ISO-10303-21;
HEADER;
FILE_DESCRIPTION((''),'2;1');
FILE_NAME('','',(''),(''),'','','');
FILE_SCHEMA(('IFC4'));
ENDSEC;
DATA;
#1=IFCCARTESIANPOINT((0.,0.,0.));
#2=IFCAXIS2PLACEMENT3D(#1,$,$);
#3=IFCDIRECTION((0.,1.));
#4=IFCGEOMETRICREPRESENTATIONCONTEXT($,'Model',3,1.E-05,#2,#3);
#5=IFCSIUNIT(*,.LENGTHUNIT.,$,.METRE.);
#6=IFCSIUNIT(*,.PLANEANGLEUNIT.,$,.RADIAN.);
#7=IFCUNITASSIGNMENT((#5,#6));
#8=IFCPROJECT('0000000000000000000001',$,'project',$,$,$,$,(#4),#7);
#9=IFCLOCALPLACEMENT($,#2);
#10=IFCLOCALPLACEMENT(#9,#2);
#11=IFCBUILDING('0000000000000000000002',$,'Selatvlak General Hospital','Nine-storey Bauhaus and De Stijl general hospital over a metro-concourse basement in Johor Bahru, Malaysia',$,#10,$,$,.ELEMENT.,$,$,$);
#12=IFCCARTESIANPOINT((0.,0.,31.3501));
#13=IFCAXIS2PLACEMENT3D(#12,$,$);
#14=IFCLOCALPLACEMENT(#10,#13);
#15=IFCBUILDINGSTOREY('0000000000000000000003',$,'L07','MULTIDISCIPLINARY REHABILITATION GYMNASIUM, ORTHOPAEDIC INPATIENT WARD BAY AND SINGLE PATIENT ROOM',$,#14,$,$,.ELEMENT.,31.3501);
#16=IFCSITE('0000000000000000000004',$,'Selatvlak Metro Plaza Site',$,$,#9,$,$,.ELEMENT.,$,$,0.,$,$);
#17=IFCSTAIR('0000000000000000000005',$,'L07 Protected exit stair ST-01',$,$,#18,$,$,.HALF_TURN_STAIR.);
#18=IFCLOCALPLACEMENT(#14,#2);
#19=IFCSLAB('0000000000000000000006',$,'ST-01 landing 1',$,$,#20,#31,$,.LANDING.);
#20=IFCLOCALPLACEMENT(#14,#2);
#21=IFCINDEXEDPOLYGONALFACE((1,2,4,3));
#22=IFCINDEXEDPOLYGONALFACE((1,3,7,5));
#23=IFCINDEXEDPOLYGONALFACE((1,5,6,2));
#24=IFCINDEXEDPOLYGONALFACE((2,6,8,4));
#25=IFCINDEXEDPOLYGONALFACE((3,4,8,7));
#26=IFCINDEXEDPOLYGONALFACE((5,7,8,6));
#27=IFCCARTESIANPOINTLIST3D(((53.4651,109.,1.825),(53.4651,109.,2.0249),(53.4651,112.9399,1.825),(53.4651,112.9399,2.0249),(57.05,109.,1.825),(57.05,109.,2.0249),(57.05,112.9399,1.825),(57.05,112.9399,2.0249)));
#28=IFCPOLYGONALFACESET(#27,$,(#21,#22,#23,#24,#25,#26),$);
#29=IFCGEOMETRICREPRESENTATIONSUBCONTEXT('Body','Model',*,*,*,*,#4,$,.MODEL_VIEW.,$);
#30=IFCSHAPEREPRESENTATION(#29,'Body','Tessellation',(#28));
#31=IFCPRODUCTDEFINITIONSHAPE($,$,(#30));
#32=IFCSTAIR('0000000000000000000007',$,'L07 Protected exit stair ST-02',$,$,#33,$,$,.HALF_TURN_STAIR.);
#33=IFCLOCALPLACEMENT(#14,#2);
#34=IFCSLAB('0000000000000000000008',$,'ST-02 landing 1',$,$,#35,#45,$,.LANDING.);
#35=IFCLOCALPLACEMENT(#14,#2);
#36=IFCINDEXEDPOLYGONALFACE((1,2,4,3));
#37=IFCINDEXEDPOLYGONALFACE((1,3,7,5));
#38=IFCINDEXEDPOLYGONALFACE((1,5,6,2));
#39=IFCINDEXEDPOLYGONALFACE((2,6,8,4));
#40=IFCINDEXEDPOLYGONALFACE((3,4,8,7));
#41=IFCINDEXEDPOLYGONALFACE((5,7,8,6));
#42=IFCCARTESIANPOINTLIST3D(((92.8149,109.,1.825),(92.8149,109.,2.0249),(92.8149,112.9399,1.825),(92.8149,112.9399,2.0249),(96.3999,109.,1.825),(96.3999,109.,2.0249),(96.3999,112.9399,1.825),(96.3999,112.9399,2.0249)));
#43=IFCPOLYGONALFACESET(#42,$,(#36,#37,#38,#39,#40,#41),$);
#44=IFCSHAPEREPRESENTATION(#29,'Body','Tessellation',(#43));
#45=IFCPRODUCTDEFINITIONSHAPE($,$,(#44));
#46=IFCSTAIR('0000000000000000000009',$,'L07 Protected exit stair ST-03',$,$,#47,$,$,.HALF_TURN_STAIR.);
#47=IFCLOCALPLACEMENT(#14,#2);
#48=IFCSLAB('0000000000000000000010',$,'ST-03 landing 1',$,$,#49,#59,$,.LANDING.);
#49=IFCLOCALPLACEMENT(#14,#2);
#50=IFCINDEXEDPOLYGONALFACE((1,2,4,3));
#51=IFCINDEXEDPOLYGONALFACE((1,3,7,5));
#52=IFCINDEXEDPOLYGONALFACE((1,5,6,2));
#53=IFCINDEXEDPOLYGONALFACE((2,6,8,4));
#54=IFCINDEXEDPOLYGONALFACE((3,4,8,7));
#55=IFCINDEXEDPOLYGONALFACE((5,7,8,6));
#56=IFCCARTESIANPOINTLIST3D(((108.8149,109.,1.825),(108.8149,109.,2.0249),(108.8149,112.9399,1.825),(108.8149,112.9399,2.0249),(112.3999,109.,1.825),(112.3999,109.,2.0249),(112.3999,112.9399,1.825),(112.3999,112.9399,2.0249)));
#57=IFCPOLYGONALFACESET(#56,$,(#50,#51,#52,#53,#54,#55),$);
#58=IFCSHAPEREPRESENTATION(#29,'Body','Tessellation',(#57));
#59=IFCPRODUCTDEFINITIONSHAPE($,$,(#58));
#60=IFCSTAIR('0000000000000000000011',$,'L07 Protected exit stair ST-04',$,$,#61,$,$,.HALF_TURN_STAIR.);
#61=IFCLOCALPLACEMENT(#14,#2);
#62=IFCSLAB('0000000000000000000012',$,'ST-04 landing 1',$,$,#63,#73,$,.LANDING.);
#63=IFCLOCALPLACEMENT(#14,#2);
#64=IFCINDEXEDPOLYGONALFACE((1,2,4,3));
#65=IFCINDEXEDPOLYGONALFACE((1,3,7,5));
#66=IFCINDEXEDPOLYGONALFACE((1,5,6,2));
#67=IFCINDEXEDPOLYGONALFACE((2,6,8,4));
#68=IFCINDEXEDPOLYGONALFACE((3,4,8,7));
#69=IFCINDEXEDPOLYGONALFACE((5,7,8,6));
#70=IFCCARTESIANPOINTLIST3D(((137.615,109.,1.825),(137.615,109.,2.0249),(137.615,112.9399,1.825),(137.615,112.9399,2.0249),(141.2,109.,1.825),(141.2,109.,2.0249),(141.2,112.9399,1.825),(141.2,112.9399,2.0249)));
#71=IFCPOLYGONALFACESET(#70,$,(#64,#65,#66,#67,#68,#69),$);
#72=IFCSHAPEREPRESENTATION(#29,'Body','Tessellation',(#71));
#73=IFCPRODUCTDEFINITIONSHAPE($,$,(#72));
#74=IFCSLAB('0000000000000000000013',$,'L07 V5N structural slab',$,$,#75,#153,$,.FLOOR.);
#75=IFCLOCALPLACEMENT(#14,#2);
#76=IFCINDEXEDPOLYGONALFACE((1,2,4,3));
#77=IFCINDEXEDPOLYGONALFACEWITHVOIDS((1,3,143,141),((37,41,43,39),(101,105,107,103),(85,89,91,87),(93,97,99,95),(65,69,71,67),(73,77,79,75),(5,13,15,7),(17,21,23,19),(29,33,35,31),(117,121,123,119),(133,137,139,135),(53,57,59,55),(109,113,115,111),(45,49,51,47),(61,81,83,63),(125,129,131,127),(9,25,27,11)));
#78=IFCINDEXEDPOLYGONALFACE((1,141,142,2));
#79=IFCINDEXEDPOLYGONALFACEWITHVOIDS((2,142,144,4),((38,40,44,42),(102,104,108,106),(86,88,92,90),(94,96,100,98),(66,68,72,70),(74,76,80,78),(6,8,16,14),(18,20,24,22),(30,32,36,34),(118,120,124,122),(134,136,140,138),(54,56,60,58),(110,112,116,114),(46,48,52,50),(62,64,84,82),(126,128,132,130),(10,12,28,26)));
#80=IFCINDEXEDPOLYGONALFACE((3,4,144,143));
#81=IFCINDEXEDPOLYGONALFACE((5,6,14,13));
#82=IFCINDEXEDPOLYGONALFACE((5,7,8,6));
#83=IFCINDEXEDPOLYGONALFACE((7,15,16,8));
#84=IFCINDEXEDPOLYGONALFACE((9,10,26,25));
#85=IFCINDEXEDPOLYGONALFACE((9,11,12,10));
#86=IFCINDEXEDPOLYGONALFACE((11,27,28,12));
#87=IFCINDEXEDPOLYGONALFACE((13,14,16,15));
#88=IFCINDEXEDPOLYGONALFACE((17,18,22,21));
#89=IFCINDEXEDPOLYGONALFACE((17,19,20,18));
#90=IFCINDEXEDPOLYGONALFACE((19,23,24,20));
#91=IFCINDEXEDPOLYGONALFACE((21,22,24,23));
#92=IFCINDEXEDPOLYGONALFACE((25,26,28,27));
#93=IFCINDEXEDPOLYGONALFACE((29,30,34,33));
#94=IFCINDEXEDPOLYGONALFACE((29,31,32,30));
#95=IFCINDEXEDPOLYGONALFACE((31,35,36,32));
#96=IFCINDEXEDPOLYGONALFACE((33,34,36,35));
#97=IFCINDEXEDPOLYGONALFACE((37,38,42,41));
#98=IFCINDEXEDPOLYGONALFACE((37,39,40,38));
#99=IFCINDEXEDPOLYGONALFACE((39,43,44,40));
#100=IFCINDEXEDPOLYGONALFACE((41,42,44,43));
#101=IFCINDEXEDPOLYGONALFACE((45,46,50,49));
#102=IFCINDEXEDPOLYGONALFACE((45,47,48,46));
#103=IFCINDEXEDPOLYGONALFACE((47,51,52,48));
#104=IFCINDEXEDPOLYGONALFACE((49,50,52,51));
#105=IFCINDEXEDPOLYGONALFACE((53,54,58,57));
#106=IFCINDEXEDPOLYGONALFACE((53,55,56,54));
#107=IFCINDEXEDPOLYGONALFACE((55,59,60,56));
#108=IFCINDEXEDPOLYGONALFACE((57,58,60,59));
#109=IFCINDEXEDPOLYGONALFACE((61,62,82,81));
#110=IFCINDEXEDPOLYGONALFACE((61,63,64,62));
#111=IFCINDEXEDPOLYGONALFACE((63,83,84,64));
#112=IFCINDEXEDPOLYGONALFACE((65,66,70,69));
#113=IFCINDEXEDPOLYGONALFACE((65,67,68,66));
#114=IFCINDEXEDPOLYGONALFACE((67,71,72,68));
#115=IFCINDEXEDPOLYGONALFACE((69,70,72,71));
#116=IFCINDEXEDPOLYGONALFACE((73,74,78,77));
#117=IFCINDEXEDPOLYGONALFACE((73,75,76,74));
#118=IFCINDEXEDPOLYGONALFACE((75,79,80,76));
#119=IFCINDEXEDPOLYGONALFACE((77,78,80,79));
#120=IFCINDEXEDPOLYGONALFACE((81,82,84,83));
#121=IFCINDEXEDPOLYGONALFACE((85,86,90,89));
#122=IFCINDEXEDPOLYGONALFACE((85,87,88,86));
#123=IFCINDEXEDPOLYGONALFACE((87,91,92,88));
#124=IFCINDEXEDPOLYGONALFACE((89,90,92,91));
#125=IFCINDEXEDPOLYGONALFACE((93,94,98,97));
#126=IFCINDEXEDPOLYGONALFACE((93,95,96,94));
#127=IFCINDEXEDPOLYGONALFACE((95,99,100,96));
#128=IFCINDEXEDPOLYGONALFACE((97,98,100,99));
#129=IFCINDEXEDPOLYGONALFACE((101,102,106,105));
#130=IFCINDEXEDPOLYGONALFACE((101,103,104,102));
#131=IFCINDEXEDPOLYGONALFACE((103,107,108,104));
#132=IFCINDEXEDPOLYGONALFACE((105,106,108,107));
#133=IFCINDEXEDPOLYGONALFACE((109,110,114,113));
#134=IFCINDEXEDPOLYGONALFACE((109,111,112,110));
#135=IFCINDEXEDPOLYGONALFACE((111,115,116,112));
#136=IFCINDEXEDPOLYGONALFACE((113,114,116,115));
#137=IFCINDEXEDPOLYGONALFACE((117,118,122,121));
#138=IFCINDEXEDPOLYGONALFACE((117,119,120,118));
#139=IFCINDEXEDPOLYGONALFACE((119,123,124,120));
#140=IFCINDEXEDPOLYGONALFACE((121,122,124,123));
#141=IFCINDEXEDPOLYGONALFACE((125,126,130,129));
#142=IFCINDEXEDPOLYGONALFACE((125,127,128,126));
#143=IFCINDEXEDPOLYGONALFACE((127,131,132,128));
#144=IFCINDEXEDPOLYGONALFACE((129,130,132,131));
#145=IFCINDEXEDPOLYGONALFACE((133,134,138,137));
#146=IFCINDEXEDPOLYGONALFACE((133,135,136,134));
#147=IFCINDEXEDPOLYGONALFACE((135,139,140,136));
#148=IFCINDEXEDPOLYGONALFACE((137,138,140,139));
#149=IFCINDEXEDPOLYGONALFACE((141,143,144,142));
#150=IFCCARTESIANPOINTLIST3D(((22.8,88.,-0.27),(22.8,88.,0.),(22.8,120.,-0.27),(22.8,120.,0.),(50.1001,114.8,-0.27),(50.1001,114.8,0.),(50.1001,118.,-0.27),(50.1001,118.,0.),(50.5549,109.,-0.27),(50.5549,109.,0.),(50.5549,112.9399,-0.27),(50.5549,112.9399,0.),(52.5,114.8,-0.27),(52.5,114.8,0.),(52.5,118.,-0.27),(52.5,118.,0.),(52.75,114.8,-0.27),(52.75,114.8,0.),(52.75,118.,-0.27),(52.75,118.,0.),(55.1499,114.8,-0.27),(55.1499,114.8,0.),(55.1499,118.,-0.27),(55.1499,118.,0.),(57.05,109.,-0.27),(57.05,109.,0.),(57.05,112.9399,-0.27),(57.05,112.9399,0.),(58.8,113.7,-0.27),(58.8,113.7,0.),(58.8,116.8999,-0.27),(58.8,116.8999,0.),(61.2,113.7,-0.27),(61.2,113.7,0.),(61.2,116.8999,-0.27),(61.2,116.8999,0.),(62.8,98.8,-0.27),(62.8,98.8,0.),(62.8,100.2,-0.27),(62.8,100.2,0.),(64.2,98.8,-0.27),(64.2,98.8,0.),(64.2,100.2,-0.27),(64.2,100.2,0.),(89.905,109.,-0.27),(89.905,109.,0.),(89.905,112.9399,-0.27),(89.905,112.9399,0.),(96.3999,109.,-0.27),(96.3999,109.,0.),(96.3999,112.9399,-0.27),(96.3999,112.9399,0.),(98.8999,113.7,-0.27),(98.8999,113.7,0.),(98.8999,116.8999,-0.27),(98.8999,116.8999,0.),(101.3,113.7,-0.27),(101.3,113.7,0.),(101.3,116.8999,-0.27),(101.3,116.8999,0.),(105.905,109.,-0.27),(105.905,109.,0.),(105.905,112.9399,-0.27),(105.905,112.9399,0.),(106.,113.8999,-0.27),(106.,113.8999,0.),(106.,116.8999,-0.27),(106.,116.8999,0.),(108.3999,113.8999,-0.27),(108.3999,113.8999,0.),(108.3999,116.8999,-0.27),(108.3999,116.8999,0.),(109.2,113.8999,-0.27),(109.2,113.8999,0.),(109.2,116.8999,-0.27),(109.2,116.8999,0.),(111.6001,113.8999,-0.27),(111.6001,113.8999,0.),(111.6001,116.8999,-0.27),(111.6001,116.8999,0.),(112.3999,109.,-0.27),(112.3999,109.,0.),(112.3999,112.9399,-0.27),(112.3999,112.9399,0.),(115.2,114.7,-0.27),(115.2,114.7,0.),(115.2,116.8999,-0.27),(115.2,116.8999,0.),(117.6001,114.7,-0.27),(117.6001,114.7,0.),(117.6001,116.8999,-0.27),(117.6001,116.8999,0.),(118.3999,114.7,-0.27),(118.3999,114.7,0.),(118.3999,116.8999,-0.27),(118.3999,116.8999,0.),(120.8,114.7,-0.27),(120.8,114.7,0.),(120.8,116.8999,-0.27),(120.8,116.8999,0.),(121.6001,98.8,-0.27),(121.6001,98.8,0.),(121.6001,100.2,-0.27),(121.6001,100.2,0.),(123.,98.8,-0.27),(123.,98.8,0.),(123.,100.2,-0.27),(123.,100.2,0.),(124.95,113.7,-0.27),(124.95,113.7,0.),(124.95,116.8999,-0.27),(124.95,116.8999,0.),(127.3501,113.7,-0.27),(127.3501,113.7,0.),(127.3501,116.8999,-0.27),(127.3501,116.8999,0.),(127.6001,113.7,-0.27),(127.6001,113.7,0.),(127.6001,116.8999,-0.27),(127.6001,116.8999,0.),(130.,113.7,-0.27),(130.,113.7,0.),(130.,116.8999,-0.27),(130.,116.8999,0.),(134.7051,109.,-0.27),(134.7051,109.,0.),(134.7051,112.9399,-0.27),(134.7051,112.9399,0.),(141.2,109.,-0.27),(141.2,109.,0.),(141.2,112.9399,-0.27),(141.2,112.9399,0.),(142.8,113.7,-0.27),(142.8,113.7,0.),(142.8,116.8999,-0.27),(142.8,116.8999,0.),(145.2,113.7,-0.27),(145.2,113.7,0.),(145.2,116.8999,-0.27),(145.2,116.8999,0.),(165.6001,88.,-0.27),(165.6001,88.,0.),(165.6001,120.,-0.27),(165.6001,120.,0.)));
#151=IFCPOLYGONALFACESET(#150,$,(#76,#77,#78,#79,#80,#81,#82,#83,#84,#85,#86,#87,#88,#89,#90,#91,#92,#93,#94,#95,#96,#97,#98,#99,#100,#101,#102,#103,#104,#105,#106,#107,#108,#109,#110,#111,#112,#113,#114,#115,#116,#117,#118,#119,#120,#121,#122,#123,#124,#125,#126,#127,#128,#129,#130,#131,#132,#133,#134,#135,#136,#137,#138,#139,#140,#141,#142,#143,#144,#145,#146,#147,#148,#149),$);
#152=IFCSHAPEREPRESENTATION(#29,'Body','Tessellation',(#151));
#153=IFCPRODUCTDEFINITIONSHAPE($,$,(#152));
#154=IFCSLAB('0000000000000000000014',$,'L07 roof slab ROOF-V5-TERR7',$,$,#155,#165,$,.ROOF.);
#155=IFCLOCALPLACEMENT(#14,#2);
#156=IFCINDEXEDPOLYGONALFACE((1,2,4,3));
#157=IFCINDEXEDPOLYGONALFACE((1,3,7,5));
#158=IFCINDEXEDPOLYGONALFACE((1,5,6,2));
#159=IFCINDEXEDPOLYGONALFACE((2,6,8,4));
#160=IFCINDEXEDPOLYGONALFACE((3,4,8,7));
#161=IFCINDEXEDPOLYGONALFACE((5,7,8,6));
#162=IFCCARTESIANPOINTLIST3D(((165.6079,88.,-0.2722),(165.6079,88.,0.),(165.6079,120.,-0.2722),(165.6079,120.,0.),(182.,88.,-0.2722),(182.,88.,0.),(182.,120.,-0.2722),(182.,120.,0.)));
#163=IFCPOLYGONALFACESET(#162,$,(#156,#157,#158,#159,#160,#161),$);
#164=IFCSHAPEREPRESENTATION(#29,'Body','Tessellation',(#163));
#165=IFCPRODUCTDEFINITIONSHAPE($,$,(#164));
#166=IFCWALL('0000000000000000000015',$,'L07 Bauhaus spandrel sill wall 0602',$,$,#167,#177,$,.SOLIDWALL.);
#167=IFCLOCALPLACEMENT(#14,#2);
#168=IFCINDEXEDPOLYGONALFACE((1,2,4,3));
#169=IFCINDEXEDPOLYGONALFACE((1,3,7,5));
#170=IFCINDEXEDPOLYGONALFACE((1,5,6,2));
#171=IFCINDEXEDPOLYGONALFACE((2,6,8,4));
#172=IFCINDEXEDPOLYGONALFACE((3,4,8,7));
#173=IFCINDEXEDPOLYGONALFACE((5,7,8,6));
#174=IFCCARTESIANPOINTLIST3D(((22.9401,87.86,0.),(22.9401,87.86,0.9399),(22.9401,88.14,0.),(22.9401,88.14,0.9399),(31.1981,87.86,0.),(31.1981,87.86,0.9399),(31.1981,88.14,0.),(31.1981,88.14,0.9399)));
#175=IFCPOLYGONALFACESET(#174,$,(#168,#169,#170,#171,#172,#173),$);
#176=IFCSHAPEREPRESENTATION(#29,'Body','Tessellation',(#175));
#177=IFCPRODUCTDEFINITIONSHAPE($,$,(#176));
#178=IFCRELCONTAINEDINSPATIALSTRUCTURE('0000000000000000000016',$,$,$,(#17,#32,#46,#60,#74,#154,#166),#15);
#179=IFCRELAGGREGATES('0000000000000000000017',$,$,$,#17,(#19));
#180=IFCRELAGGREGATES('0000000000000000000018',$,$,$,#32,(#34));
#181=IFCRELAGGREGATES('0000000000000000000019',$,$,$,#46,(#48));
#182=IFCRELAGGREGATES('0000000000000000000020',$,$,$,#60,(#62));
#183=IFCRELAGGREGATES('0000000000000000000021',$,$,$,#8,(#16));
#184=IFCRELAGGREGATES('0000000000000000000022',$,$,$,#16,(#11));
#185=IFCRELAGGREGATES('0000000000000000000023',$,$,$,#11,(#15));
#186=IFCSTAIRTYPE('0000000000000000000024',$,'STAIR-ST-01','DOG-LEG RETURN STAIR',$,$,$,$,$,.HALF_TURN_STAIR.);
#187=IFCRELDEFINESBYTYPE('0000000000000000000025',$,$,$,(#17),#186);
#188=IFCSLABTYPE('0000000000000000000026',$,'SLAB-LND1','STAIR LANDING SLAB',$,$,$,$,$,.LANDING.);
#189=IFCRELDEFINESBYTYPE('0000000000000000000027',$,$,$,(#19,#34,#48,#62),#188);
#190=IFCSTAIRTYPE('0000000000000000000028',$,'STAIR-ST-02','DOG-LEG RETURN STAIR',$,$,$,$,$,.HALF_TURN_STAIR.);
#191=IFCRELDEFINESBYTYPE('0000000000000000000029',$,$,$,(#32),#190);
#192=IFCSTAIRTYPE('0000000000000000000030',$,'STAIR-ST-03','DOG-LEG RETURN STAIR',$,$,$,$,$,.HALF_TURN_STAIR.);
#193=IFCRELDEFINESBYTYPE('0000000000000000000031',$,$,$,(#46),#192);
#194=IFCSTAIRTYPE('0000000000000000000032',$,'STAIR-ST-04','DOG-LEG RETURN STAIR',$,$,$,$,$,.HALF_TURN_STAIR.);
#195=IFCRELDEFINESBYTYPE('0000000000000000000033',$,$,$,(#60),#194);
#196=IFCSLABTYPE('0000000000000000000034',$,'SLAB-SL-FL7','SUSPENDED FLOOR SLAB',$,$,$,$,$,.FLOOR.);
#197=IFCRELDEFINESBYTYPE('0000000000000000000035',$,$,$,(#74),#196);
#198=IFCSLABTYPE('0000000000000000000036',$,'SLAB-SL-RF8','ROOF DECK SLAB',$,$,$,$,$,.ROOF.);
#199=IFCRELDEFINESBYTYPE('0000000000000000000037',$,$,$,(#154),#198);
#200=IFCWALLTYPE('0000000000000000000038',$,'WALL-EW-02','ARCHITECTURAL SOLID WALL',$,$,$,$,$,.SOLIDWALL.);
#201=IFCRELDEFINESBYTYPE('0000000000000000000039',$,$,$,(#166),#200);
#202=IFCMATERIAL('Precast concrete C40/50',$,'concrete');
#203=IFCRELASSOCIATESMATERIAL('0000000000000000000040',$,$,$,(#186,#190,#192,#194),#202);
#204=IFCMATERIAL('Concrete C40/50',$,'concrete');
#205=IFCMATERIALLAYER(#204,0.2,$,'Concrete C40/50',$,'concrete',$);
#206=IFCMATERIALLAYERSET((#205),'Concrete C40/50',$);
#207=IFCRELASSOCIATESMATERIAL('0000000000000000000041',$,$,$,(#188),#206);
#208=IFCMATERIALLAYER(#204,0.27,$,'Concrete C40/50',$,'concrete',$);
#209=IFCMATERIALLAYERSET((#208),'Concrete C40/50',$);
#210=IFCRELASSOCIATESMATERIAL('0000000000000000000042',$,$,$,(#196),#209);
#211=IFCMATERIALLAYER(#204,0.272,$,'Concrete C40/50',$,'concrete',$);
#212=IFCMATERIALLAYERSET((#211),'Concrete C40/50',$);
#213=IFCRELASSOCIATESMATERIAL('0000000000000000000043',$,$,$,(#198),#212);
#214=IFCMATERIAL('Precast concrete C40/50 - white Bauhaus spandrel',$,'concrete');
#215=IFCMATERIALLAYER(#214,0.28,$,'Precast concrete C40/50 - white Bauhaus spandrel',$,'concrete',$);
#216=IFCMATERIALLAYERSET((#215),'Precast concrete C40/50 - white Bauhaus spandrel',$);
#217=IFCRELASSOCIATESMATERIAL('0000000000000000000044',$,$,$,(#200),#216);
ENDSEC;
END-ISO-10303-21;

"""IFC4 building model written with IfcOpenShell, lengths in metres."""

from ifc_helpers import new_model, si_unit, direction, frame, frame_2d, origin, place, context, subcontext, project, spatial, polyline, rectangle, outline, extrude, material, layer, layer_set, type_object, element, aggregate, save


model = new_model("IFC4")

# Units and contexts
model_context = context("Model", 3, precision=1e-05, world=origin(), true_north=direction((0.0, 1.0)))
body_context = subcontext(model_context, "Body", "Model", "MODEL_VIEW")
ifc_project = project(units=[si_unit("LENGTHUNIT", "METRE"), si_unit("PLANEANGLEUNIT", "RADIAN")], contexts=[model_context])

# Site, building, storey
site_placement = place(None, origin())
site = spatial("IfcSite", under=ifc_project, at=site_placement, Name="Selatvlak Metro Plaza Site", CompositionType="ELEMENT", RefElevation=0.0)
building_placement = place(site_placement, origin())
building = spatial("IfcBuilding", under=site, at=building_placement, Name="Selatvlak General Hospital", Description="Nine-storey Bauhaus and De Stijl general hospital over a metro-concourse basement in Johor Bahru, Malaysia", CompositionType="ELEMENT")
storey_placement = place(building_placement, frame((0.0, 0.0, 31.3501)))
storey = spatial("IfcBuildingStorey", under=building, at=storey_placement, Name="L07", Description="MULTIDISCIPLINARY REHABILITATION GYMNASIUM, ORTHOPAEDIC INPATIENT WARD BAY AND SINGLE PATIENT ROOM", CompositionType="ELEMENT", Elevation=31.3501)

# Stairs, slabs
ifc_material_1 = material(Name="Precast concrete C40/50", Category="concrete")
stair_type_1 = type_object("IfcStairType", Name="STAIR-ST-01", Description="DOG-LEG RETURN STAIR", PredefinedType="HALF_TURN_STAIR", material=ifc_material_1)
stair_1_placement = place(storey_placement, origin())
stair_1 = element("IfcStair", 1, at=stair_1_placement, inside=storey, type_object=stair_type_1, Name="L07 Protected exit stair ST-01", PredefinedType="HALF_TURN_STAIR")
ifc_material_2 = material(Name="Concrete C40/50", Category="concrete")
ifc_layer_1 = layer(ifc_material_2, 0.2, Name="Concrete C40/50", Category="concrete")
ifc_layer_set_1 = layer_set([ifc_layer_1], Name="Concrete C40/50")
slab_type_1 = type_object("IfcSlabType", Name="SLAB-LND1", Description="STAIR LANDING SLAB", PredefinedType="LANDING", material=ifc_layer_set_1)
slab_1_placement = place(storey_placement, frame((0.0, 0.0, 1.825)))
slab_1 = element("IfcSlab", 2, at=slab_1_placement, type_object=slab_type_1, Name="ST-01 landing 1", PredefinedType="LANDING", context=body_context, shape_type="SweptSolid", body=[
    extrude(outline(polyline([(53.4651, 109.0), (57.05, 109.0), (57.05, 112.9399), (53.4651, 112.9399), (53.4651, 109.0)])), origin(), (0.0, 0.0, 1.0), 0.2),
])
aggregate(stair_1, [slab_1])
stair_type_2 = type_object("IfcStairType", Name="STAIR-ST-02", Description="DOG-LEG RETURN STAIR", PredefinedType="HALF_TURN_STAIR", material=ifc_material_1)
stair_2_placement = place(storey_placement, origin())
stair_2 = element("IfcStair", 3, at=stair_2_placement, inside=storey, type_object=stair_type_2, Name="L07 Protected exit stair ST-02", PredefinedType="HALF_TURN_STAIR")
slab_2_placement = place(storey_placement, frame((0.0, 0.0, 1.825)))
slab_2 = element("IfcSlab", 4, at=slab_2_placement, type_object=slab_type_1, Name="ST-02 landing 1", PredefinedType="LANDING", context=body_context, shape_type="SweptSolid", body=[
    extrude(outline(polyline([(92.8149, 109.0), (96.3999, 109.0), (96.3999, 112.9399), (92.8149, 112.9399), (92.8149, 109.0)])), origin(), (0.0, 0.0, 1.0), 0.2),
])
aggregate(stair_2, [slab_2])
stair_type_3 = type_object("IfcStairType", Name="STAIR-ST-03", Description="DOG-LEG RETURN STAIR", PredefinedType="HALF_TURN_STAIR", material=ifc_material_1)
stair_3_placement = place(storey_placement, origin())
stair_3 = element("IfcStair", 5, at=stair_3_placement, inside=storey, type_object=stair_type_3, Name="L07 Protected exit stair ST-03", PredefinedType="HALF_TURN_STAIR")
slab_3_placement = place(storey_placement, frame((0.0, 0.0, 1.825)))
slab_3 = element("IfcSlab", 6, at=slab_3_placement, type_object=slab_type_1, Name="ST-03 landing 1", PredefinedType="LANDING", context=body_context, shape_type="SweptSolid", body=[
    extrude(outline(polyline([(108.8149, 109.0), (112.3999, 109.0), (112.3999, 112.9399), (108.8149, 112.9399), (108.8149, 109.0)])), origin(), (0.0, 0.0, 1.0), 0.2),
])
aggregate(stair_3, [slab_3])
stair_type_4 = type_object("IfcStairType", Name="STAIR-ST-04", Description="DOG-LEG RETURN STAIR", PredefinedType="HALF_TURN_STAIR", material=ifc_material_1)
stair_4_placement = place(storey_placement, origin())
stair_4 = element("IfcStair", 7, at=stair_4_placement, inside=storey, type_object=stair_type_4, Name="L07 Protected exit stair ST-04", PredefinedType="HALF_TURN_STAIR")
slab_4_placement = place(storey_placement, frame((0.0, 0.0, 1.825)))
slab_4 = element("IfcSlab", 8, at=slab_4_placement, type_object=slab_type_1, Name="ST-04 landing 1", PredefinedType="LANDING", context=body_context, shape_type="SweptSolid", body=[
    extrude(outline(polyline([(137.615, 109.0), (141.2, 109.0), (141.2, 112.9399), (137.615, 112.9399), (137.615, 109.0)])), origin(), (0.0, 0.0, 1.0), 0.2),
])
aggregate(stair_4, [slab_4])

# Slabs
ifc_layer_2 = layer(ifc_material_2, 0.27, Name="Concrete C40/50", Category="concrete")
ifc_layer_set_2 = layer_set([ifc_layer_2], Name="Concrete C40/50")
slab_type_2 = type_object("IfcSlabType", Name="SLAB-SL-FL7", Description="SUSPENDED FLOOR SLAB", PredefinedType="FLOOR", material=ifc_layer_set_2)
slab_5_placement = place(storey_placement, frame((0.0, 0.0, -0.27)))
element("IfcSlab", 9, at=slab_5_placement, inside=storey, type_object=slab_type_2, Name="L07 V5N structural slab", PredefinedType="FLOOR", context=body_context, shape_type="SweptSolid", body=[
    extrude(outline(polyline([(22.8, 88.0), (22.8, 120.0), (165.6001, 120.0), (165.6001, 88.0), (22.8, 88.0)]), holes=[polyline([(57.05, 109.0), (57.05, 112.9399), (50.5549, 112.9399), (50.5549, 109.0), (57.05, 109.0)]), polyline([(89.905, 109.0), (96.3999, 109.0), (96.3999, 112.9399), (89.905, 112.9399), (89.905, 109.0)]), polyline([(105.905, 112.9399), (105.905, 109.0), (112.3999, 109.0), (112.3999, 112.9399), (105.905, 112.9399)]), polyline([(141.2, 112.9399), (134.7051, 112.9399), (134.7051, 109.0), (141.2, 109.0), (141.2, 112.9399)]), polyline([(61.2, 116.8999), (58.8, 116.8999), (58.8, 113.7), (61.2, 113.7), (61.2, 116.8999)]), polyline([(101.3, 113.7), (101.3, 116.8999), (98.8999, 116.8999), (98.8999, 113.7), (101.3, 113.7)]), polyline([(142.8, 113.7), (145.2, 113.7), (145.2, 116.8999), (142.8, 116.8999), (142.8, 113.7)]), polyline([(50.1001, 118.0), (50.1001, 114.8), (52.5, 114.8), (52.5, 118.0), (50.1001, 118.0)]), polyline([(55.1499, 118.0), (52.75, 118.0), (52.75, 114.8), (55.1499, 114.8), (55.1499, 118.0)]), polyline([(127.3501, 113.7), (127.3501, 116.8999), (124.95, 116.8999), (124.95, 113.7), (127.3501, 113.7)]), polyline([(127.6001, 113.7), (130.0, 113.7), (130.0, 116.8999), (127.6001, 116.8999), (127.6001, 113.7)]), polyline([(115.2, 116.8999), (115.2, 114.7), (117.6001, 114.7), (117.6001, 116.8999), (115.2, 116.8999)]), polyline([(120.8, 116.8999), (118.3999, 116.8999), (118.3999, 114.7), (120.8, 114.7), (120.8, 116.8999)]), polyline([(108.3999, 113.8999), (108.3999, 116.8999), (106.0, 116.8999), (106.0, 113.8999), (108.3999, 113.8999)]), polyline([(109.2, 113.8999), (111.6001, 113.8999), (111.6001, 116.8999), (109.2, 116.8999), (109.2, 113.8999)]), polyline([(62.8, 100.2), (62.8, 98.8), (64.2, 98.8), (64.2, 100.2), (62.8, 100.2)]), polyline([(123.0, 100.2), (121.6001, 100.2), (121.6001, 98.8), (123.0, 98.8), (123.0, 100.2)])]), origin(), (0.0, 0.0, 1.0), 0.27),
])
ifc_layer_3 = layer(ifc_material_2, 0.272, Name="Concrete C40/50", Category="concrete")
ifc_layer_set_3 = layer_set([ifc_layer_3], Name="Concrete C40/50")
slab_type_3 = type_object("IfcSlabType", Name="SLAB-SL-RF8", Description="ROOF DECK SLAB", PredefinedType="ROOF", material=ifc_layer_set_3)
slab_6_placement = place(storey_placement, frame((0.0, 0.0, -0.2722)))
element("IfcSlab", 10, at=slab_6_placement, inside=storey, type_object=slab_type_3, Name="L07 roof slab ROOF-V5-TERR7", PredefinedType="ROOF", context=body_context, shape_type="SweptSolid", body=[
    extrude(outline(polyline([(182.0, 120.0), (182.0, 88.0), (165.6079, 88.0), (165.6079, 120.0), (182.0, 120.0)])), origin(), (0.0, 0.0, 1.0), 0.2722),
])

# Wall
ifc_material_3 = material(Name="Precast concrete C40/50 - white Bauhaus spandrel", Category="concrete")
ifc_layer_4 = layer(ifc_material_3, 0.28, Name="Precast concrete C40/50 - white Bauhaus spandrel", Category="concrete")
ifc_layer_set_4 = layer_set([ifc_layer_4], Name="Precast concrete C40/50 - white Bauhaus spandrel")
wall_type = type_object("IfcWallType", Name="WALL-EW-02", Description="ARCHITECTURAL SOLID WALL", PredefinedType="SOLIDWALL", material=ifc_layer_set_4)
wall_placement = place(storey_placement, frame((31.198, 88.0, 0.0), z_axis=(0.0, 0.0, 1.0), x_axis=(-1.0, 0.0, 0.0)))
element("IfcWall", 11, at=wall_placement, inside=storey, type_object=wall_type, Name="L07 Bauhaus spandrel sill wall 0602", PredefinedType="SOLIDWALL", context=body_context, shape_type="SweptSolid", body=[
    extrude(rectangle(XDim=8.2581, YDim=0.28, at=frame_2d((4.1289, 0.0))), origin(), (0.0, 0.0, 1.0), 0.9399),
])

save(model, "model.ifc")
